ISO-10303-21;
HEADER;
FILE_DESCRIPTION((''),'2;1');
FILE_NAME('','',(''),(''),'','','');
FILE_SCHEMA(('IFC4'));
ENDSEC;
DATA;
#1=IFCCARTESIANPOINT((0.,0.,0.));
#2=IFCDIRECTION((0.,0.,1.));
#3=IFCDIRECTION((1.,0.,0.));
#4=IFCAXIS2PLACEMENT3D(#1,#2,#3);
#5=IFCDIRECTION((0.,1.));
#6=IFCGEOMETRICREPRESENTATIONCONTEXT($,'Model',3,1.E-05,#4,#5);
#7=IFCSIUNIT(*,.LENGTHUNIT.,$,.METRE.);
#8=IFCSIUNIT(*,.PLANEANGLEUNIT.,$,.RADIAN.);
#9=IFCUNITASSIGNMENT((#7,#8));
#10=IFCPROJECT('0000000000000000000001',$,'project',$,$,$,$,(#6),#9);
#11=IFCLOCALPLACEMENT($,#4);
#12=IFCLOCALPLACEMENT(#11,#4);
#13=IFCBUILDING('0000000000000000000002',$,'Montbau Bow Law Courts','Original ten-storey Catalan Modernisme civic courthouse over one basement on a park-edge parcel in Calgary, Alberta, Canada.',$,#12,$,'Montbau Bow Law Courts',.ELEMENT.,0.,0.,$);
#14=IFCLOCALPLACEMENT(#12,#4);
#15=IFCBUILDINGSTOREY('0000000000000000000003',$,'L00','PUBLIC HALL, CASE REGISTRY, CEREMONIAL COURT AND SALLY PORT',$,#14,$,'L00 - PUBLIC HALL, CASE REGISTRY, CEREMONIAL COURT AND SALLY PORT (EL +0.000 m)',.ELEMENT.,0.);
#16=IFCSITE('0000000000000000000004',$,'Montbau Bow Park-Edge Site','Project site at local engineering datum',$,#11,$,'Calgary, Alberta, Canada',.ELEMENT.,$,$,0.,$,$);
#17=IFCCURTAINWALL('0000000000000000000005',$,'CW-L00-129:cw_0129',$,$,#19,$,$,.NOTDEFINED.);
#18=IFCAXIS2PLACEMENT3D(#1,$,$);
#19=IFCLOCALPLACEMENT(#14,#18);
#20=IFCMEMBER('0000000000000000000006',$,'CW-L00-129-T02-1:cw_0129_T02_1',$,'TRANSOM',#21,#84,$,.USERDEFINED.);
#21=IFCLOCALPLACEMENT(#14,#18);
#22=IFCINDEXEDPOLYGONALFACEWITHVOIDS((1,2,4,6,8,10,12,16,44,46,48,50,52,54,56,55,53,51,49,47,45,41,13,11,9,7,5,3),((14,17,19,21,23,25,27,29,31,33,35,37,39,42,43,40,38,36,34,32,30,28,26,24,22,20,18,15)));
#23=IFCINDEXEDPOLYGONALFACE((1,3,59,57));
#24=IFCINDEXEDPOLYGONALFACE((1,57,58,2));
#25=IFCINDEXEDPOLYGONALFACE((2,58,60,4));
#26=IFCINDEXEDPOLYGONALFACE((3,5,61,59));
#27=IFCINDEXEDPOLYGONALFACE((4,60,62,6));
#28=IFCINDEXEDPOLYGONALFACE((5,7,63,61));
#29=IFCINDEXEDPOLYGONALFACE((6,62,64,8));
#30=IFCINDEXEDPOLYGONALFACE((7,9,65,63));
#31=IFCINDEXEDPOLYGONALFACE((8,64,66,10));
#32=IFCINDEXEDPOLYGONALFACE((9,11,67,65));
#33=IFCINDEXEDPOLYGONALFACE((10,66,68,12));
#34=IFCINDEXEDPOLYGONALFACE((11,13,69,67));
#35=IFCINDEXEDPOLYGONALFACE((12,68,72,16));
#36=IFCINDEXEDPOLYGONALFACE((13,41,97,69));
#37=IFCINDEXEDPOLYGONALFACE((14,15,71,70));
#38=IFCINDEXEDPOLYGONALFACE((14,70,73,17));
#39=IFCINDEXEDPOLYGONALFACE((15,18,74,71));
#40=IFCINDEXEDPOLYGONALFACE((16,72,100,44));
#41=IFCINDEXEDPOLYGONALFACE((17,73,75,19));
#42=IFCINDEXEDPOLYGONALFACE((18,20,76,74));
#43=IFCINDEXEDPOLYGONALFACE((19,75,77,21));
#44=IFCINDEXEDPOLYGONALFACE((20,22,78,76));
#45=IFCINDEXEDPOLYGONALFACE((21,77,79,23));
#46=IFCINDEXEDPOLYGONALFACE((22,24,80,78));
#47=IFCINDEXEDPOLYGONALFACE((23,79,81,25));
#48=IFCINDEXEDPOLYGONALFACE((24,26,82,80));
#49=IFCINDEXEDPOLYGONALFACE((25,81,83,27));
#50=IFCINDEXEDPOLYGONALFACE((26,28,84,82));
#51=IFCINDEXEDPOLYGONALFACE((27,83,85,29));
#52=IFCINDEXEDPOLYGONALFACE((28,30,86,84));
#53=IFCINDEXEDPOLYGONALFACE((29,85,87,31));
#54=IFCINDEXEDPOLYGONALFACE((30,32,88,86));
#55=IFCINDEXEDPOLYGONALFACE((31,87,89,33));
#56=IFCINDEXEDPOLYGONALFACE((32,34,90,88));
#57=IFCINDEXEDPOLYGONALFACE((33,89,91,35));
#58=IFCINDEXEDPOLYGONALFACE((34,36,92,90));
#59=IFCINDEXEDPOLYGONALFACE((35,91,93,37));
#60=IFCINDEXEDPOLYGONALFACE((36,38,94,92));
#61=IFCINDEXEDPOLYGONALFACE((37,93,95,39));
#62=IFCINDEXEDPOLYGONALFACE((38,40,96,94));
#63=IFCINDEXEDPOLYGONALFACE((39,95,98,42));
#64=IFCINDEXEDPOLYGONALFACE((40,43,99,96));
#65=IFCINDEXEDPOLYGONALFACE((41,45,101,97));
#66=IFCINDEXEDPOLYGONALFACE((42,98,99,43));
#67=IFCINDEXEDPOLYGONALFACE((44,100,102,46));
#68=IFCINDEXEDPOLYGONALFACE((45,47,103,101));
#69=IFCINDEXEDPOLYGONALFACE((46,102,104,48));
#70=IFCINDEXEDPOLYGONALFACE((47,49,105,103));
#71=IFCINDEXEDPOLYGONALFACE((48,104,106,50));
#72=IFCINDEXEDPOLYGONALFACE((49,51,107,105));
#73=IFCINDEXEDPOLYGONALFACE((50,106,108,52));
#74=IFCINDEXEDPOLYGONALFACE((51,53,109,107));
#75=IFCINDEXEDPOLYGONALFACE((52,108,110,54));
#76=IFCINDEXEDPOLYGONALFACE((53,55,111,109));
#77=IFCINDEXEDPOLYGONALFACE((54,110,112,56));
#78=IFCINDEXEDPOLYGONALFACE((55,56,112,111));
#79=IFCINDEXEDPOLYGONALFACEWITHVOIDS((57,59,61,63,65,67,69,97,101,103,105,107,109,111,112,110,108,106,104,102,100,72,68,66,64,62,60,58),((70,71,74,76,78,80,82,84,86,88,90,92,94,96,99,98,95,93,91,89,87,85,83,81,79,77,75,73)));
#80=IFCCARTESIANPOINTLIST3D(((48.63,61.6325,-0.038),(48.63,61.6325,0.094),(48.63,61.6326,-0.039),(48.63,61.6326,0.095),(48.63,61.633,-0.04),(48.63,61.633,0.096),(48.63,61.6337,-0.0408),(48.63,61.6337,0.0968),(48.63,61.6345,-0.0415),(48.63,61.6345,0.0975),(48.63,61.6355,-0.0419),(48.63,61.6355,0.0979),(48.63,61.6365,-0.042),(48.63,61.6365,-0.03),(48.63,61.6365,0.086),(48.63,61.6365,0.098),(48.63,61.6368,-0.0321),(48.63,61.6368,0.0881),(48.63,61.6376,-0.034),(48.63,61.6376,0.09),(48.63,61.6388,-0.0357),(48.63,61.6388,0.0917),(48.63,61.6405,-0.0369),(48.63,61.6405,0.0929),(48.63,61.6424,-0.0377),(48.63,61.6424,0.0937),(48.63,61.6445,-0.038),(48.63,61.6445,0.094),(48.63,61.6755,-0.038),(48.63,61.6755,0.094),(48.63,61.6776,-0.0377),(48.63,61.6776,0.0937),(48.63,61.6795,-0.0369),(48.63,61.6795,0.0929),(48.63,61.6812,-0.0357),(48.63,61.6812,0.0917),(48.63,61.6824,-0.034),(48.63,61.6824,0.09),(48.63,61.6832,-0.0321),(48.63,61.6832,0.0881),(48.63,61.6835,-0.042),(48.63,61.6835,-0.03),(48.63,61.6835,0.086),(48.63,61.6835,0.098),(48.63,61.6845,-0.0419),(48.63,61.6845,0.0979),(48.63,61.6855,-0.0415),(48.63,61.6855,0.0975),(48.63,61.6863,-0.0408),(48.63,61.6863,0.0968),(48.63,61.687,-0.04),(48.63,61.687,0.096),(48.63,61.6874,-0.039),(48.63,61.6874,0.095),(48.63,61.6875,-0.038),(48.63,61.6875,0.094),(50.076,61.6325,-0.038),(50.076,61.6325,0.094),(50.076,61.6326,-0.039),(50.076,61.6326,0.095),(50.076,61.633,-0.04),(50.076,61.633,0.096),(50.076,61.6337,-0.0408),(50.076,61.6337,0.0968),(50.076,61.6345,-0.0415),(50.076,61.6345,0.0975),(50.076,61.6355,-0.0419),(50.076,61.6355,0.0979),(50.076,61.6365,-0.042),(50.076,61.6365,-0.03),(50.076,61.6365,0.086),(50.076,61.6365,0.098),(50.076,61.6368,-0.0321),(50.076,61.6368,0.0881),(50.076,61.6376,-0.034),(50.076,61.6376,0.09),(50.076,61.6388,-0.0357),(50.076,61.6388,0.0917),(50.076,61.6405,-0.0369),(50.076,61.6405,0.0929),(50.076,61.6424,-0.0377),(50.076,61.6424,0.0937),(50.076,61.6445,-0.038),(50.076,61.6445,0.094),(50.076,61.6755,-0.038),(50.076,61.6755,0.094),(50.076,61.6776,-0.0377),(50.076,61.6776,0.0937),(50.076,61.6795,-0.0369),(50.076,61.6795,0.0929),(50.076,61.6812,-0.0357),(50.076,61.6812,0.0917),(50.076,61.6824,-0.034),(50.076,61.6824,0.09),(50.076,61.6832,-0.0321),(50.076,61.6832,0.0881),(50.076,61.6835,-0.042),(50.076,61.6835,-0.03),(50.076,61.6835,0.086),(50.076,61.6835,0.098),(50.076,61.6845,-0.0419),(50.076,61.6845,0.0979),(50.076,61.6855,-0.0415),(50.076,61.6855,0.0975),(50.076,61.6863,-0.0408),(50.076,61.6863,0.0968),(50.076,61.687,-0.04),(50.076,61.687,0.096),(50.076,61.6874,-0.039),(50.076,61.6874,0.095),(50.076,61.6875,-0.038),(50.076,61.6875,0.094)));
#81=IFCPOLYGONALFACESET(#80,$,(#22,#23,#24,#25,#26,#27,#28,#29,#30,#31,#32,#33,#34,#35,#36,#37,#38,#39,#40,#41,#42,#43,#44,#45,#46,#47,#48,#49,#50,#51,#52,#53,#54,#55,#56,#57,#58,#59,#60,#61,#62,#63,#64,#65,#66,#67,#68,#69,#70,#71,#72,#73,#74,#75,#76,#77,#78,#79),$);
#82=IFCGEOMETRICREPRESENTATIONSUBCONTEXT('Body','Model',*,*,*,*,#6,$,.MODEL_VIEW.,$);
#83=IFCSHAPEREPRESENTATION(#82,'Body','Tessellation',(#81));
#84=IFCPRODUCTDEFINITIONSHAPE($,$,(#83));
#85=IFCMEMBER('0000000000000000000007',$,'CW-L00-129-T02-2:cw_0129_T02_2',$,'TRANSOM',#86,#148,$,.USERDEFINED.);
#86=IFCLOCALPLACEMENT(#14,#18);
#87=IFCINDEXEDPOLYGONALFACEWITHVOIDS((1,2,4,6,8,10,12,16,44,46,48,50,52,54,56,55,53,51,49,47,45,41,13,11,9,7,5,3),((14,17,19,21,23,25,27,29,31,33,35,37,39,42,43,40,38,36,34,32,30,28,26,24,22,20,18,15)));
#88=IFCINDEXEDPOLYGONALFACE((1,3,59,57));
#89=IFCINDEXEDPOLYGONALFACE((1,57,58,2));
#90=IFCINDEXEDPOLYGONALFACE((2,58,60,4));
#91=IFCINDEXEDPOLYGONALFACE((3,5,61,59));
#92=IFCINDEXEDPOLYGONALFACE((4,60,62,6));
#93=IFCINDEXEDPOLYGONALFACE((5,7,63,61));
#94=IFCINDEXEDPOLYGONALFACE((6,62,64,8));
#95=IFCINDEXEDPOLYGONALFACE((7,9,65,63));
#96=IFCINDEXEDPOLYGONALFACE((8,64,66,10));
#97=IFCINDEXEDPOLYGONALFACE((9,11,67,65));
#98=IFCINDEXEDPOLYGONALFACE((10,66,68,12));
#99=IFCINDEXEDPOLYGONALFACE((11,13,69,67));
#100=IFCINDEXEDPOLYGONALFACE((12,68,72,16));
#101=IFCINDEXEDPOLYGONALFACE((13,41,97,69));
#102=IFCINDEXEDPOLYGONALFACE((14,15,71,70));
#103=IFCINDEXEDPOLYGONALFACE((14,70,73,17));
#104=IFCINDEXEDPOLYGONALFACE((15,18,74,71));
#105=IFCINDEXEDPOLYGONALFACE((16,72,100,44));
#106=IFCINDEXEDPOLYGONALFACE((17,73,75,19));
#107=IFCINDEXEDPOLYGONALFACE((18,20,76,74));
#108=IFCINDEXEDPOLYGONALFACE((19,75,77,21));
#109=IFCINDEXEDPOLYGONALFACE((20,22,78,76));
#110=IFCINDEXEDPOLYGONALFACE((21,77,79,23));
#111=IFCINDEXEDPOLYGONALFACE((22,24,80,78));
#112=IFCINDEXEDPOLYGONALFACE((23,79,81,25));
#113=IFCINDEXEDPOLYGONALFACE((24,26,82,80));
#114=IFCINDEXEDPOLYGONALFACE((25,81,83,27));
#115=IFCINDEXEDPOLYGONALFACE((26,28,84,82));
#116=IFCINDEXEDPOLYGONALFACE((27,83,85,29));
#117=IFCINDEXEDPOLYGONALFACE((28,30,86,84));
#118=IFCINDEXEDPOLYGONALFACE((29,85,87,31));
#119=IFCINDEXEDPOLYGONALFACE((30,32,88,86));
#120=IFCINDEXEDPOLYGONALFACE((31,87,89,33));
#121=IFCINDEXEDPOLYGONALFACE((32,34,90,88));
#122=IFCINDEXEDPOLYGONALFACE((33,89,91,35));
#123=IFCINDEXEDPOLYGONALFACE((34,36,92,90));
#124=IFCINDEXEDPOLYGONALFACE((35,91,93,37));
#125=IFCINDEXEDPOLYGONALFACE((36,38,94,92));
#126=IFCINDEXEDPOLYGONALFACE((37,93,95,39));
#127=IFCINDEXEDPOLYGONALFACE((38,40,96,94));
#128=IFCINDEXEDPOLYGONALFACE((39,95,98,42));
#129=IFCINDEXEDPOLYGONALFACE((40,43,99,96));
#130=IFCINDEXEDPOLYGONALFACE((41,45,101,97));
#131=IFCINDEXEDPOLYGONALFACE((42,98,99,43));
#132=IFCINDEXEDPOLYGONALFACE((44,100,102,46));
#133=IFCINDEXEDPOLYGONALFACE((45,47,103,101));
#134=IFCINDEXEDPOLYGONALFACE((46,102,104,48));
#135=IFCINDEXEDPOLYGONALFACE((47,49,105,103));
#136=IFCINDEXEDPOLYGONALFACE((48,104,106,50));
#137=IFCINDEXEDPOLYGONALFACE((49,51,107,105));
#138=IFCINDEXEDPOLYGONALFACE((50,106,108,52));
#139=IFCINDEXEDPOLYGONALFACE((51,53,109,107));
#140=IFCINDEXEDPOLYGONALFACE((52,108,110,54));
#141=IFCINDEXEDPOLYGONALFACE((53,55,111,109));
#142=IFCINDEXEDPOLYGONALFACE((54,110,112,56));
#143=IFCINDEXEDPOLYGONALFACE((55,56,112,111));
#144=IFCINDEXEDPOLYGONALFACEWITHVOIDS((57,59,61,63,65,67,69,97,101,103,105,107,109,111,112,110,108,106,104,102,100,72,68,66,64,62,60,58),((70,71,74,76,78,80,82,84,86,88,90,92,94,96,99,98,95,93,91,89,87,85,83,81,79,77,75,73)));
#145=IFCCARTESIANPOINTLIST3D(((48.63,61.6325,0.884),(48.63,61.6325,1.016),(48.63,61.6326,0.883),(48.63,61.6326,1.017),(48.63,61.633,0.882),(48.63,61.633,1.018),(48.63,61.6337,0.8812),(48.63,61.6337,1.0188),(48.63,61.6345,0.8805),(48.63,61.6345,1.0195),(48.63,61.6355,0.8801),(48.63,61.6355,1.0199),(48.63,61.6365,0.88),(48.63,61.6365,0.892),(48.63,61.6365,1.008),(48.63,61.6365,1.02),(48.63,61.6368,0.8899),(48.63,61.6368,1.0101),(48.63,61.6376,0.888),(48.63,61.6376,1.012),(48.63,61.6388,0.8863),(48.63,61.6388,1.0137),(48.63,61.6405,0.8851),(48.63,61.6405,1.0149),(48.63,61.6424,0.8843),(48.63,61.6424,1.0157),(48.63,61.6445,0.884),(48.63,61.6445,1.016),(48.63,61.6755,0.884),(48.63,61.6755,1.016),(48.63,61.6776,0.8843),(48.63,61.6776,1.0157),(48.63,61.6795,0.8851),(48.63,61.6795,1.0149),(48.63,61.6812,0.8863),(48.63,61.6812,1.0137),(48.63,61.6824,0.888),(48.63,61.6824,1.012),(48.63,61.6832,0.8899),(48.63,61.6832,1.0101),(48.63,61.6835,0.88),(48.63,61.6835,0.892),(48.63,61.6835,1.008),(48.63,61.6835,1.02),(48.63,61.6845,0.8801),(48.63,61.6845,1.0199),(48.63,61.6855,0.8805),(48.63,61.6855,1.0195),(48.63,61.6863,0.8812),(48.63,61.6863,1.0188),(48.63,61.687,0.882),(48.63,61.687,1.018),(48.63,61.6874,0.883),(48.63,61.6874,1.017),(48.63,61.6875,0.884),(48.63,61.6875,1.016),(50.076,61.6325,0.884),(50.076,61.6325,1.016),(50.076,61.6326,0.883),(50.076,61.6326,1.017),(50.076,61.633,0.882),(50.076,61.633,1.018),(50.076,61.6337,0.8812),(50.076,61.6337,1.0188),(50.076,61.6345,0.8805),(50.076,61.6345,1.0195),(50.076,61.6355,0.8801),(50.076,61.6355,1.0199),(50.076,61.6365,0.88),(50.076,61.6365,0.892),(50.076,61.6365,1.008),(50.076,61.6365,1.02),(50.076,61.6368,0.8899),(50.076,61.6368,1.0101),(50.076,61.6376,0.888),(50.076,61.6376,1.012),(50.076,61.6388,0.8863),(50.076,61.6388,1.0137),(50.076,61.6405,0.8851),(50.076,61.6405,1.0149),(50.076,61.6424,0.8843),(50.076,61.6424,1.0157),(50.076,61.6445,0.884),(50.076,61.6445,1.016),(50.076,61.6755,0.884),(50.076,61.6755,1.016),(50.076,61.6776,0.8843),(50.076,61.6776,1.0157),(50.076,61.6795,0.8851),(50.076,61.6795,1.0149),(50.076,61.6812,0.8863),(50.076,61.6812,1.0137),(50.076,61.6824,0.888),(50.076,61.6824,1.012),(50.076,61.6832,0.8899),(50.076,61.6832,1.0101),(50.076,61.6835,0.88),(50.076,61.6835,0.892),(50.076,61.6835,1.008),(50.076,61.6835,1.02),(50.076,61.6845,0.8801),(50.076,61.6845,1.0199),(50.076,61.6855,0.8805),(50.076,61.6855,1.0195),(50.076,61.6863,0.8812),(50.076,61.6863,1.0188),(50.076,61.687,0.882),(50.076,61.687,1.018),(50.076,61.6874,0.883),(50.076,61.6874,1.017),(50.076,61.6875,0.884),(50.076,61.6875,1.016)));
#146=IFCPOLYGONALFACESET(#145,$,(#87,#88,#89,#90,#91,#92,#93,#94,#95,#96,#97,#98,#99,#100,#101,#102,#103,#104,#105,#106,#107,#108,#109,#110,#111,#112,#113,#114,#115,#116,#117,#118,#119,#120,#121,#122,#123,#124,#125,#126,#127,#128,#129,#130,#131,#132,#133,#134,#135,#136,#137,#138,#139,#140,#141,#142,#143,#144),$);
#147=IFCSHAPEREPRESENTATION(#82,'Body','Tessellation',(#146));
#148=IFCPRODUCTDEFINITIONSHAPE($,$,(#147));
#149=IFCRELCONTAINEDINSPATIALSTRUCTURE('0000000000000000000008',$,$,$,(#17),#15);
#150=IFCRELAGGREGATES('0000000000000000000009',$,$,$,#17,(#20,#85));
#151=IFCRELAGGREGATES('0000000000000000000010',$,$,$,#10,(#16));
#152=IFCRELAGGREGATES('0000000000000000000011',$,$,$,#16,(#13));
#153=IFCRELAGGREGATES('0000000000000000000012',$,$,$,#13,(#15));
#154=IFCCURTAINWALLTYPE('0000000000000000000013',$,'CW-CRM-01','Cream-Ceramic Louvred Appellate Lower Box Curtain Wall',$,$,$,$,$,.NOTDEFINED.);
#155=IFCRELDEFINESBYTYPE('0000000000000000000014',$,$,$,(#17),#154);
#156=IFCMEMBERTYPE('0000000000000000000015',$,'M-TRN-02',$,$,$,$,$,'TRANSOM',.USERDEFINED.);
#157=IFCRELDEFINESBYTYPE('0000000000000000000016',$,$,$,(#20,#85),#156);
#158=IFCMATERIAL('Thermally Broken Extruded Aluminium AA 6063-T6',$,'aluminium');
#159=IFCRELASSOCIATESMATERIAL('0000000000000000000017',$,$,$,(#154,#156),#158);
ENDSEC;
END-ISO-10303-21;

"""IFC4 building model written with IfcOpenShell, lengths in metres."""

from ifc_helpers import new_model, si_unit, direction, frame, origin_with_axes, origin_2d_with_axis, place, context, subcontext, project, spatial, hollow_rectangle, extrude, material, material_profile, profile_set, type_object, element, aggregate, save


model = new_model("IFC4")

# Units and contexts
model_context = context("Model", 3, precision=1e-05, world=origin_with_axes(), true_north=direction((0.0, 1.0)))
body_context = subcontext(model_context, "Body", "Model", "MODEL_VIEW")
ifc_project = project(units=[si_unit("LENGTHUNIT", "METRE"), si_unit("PLANEANGLEUNIT", "RADIAN")], contexts=[model_context])

# Site, building, storey
site_placement = place(None, origin_with_axes())
site = spatial("IfcSite", under=ifc_project, at=site_placement, Name="Montbau Bow Park-Edge Site", Description="Project site at local engineering datum", LongName="Calgary, Alberta, Canada", CompositionType="ELEMENT", RefElevation=0.0)
building_placement = place(site_placement, origin_with_axes())
building = spatial("IfcBuilding", under=site, at=building_placement, Name="Montbau Bow Law Courts", Description="Original ten-storey Catalan Modernisme civic courthouse over one basement on a park-edge parcel in Calgary, Alberta, Canada.", LongName="Montbau Bow Law Courts", CompositionType="ELEMENT", ElevationOfRefHeight=0.0, ElevationOfTerrain=0.0)
storey_placement = place(building_placement, origin_with_axes())
storey = spatial("IfcBuildingStorey", under=building, at=storey_placement, Name="L00", Description="PUBLIC HALL, CASE REGISTRY, CEREMONIAL COURT AND SALLY PORT", LongName="L00 - PUBLIC HALL, CASE REGISTRY, CEREMONIAL COURT AND SALLY PORT (EL +0.000 m)", CompositionType="ELEMENT", Elevation=0.0)

# Curtain wall, members
ifc_material_1 = material(Name="Thermally Broken Extruded Aluminium AA 6063-T6", Category="aluminium")
curtain_wall_type = type_object("IfcCurtainWallType", Name="CW-CRM-01", Description="Cream-Ceramic Louvred Appellate Lower Box Curtain Wall", PredefinedType="NOTDEFINED", material=ifc_material_1)
curtain_wall_placement = place(None, frame((47.068, 61.66, 0.0), z_axis=(0.0, 0.0, 1.0), x_axis=(1.0, 0.0, 0.0)))
curtain_wall = element("IfcCurtainWall", 1, at=curtain_wall_placement, inside=storey, type_object=curtain_wall_type, Name="CW-L00-129:cw_0129", PredefinedType="NOTDEFINED")
ifc_material_profile_1 = material_profile(ifc_material_1, hollow_rectangle(XDim=0.055, YDim=0.14, WallThickness=0.004, InnerFilletRadius=0.008, OuterFilletRadius=0.004, at=origin_2d_with_axis()), Name="CWT-140X55", Category="Main", Priority=0)
ifc_profile_set_1 = profile_set([ifc_material_profile_1], Name="Thermally Broken Extruded Aluminium AA 6063-T6")
member_type_1 = type_object("IfcMemberType", Name="M-TRN-02", ElementType="TRANSOM", PredefinedType="USERDEFINED", material=ifc_profile_set_1)
member_1_placement = place(None, frame((48.63, 61.66, 0.028), z_axis=(1.0, 0.0, 0.0), x_axis=(0.0, 1.0, 0.0)))
member_1 = element("IfcMember", 2, at=member_1_placement, type_object=member_type_1, Name="CW-L00-129-T02-1:cw_0129_T02_1", ObjectType="TRANSOM", PredefinedType="USERDEFINED", context=body_context, shape_type="SweptSolid", body=[
    extrude(hollow_rectangle(XDim=0.055, YDim=0.14, WallThickness=0.004, InnerFilletRadius=0.008, OuterFilletRadius=0.004, at=origin_2d_with_axis()), origin_with_axes(), (0.0, 0.0, 1.0), 1.446),
])
member_2_placement = place(None, frame((48.63, 61.66, 0.95), z_axis=(1.0, 0.0, 0.0), x_axis=(0.0, 1.0, 0.0)))
member_2 = element("IfcMember", 3, at=member_2_placement, type_object=member_type_1, Name="CW-L00-129-T02-2:cw_0129_T02_2", ObjectType="TRANSOM", PredefinedType="USERDEFINED", context=body_context, shape_type="SweptSolid", body=[
    extrude(hollow_rectangle(XDim=0.055, YDim=0.14, WallThickness=0.004, InnerFilletRadius=0.008, OuterFilletRadius=0.004, at=origin_2d_with_axis()), origin_with_axes(), (0.0, 0.0, 1.0), 1.446),
])
aggregate(curtain_wall, [member_1, member_2])

save(model, "model.ifc")
